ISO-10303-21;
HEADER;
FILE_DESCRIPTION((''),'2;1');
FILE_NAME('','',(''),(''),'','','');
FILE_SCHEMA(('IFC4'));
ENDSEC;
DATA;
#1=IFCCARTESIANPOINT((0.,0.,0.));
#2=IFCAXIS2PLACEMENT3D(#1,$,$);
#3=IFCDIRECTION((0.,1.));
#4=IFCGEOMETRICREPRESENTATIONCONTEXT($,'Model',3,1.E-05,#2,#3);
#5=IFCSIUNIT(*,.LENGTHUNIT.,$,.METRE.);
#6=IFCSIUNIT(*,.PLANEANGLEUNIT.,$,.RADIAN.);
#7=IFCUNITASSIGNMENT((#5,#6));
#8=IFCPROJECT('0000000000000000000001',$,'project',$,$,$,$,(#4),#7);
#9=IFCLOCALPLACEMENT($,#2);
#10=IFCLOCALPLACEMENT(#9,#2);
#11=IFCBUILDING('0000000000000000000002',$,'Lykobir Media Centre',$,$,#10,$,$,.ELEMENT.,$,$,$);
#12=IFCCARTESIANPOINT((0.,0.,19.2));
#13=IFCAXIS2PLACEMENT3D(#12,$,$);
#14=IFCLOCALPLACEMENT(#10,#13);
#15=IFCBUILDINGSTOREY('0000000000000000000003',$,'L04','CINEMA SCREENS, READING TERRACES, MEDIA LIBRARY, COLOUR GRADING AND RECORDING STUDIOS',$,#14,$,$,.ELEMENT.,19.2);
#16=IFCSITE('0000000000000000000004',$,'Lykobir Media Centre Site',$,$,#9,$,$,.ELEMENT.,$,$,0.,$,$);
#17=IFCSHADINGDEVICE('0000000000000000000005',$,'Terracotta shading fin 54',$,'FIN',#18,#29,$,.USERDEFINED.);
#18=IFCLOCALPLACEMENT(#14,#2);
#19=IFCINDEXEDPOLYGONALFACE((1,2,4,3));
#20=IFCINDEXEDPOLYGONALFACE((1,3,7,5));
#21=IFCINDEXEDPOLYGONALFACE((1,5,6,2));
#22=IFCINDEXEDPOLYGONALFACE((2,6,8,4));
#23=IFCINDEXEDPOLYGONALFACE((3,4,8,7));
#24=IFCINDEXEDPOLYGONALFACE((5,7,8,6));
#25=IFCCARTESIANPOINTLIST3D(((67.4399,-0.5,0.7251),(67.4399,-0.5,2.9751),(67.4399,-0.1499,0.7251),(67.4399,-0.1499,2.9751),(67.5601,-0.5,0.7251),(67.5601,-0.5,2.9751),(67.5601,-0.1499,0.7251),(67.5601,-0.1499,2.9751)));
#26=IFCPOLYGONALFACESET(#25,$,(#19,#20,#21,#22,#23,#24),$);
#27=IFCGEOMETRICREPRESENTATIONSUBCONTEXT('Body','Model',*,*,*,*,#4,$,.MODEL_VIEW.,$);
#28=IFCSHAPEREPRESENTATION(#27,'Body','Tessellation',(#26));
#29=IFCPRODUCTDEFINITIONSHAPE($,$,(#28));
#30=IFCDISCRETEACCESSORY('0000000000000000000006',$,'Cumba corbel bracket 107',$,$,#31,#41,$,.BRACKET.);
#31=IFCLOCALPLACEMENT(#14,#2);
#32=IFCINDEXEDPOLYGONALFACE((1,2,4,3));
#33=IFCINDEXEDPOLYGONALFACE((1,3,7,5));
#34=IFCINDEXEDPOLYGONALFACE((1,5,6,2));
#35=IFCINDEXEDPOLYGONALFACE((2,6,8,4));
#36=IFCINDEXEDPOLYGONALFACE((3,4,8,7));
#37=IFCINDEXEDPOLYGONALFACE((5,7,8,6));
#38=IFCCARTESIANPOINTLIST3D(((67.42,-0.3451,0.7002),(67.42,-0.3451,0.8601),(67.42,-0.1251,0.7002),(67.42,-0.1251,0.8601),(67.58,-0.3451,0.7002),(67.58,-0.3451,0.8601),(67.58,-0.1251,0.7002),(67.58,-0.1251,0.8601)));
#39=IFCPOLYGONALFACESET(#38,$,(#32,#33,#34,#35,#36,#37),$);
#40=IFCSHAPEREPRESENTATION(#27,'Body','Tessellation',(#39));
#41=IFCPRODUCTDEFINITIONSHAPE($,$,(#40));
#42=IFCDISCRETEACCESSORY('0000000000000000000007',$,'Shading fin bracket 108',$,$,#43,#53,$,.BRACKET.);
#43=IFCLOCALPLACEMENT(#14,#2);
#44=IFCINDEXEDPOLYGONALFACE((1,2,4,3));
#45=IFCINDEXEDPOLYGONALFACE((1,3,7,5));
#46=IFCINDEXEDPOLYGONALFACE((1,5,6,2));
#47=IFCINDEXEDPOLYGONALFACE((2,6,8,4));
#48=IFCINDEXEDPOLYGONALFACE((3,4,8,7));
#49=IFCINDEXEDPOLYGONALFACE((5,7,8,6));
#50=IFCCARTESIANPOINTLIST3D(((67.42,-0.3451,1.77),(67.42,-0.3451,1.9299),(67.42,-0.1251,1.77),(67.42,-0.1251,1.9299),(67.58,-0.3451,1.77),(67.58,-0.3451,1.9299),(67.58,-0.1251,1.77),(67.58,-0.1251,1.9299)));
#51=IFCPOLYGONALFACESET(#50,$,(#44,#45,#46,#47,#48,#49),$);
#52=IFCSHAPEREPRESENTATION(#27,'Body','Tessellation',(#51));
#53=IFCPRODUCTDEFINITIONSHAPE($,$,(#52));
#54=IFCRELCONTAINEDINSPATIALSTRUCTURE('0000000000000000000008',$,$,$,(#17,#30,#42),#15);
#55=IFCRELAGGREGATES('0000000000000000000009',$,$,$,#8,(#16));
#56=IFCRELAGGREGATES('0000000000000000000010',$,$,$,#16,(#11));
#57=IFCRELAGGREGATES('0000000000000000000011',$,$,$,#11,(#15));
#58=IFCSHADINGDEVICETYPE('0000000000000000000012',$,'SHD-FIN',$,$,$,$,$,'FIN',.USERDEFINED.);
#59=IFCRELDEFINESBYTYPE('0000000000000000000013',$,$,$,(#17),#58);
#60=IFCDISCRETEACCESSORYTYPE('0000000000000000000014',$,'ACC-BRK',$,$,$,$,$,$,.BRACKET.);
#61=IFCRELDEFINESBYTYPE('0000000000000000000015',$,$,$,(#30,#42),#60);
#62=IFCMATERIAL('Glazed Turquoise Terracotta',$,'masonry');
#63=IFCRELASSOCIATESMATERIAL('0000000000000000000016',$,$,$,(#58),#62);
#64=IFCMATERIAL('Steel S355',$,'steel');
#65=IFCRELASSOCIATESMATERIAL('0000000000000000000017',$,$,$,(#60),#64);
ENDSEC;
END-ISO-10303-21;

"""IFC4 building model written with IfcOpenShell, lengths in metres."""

from ifc_helpers import new_model, si_unit, direction, frame, origin, origin_2d, place, context, subcontext, project, spatial, rectangle, extrude, material, type_object, element, save


model = new_model("IFC4")

# Units and contexts
model_context = context("Model", 3, precision=1e-05, world=origin(), true_north=direction((0.0, 1.0)))
body_context = subcontext(model_context, "Body", "Model", "MODEL_VIEW")
ifc_project = project(units=[si_unit("LENGTHUNIT", "METRE"), si_unit("PLANEANGLEUNIT", "RADIAN")], contexts=[model_context])

# Site, building, storey
site_placement = place(None, origin())
site = spatial("IfcSite", under=ifc_project, at=site_placement, Name="Lykobir Media Centre Site", CompositionType="ELEMENT", RefElevation=0.0)
building_placement = place(site_placement, origin())
building = spatial("IfcBuilding", under=site, at=building_placement, Name="Lykobir Media Centre", CompositionType="ELEMENT")
storey_placement = place(building_placement, frame((0.0, 0.0, 19.2)))
storey = spatial("IfcBuildingStorey", under=building, at=storey_placement, Name="L04", Description="CINEMA SCREENS, READING TERRACES, MEDIA LIBRARY, COLOUR GRADING AND RECORDING STUDIOS", CompositionType="ELEMENT", Elevation=19.2)

# Shared definitions
ifc_material_1 = material(Name="Steel S355", Category="steel")

# Shared definitions
ifc_material_2 = material(Name="Glazed Turquoise Terracotta", Category="masonry")

# Shading device
shading_device_type = type_object("IfcShadingDeviceType", Name="SHD-FIN", ElementType="FIN", PredefinedType="USERDEFINED", material=ifc_material_2)
shading_device_placement = place(storey_placement, frame((67.5, -0.325, 0.7251), z_axis=(0.0, 0.0, 1.0), x_axis=(1.0, 0.0, 0.0)))
element("IfcShadingDevice", 1, at=shading_device_placement, inside=storey, type_object=shading_device_type, Name="Terracotta shading fin 54", ObjectType="FIN", PredefinedType="USERDEFINED", context=body_context, shape_type="SweptSolid", body=[
    extrude(rectangle(XDim=0.1201, YDim=0.3501, at=origin_2d()), origin(), (0.0, 0.0, 1.0), 2.25),
])

# Discrete accessories
discrete_accessory_type = type_object("IfcDiscreteAccessoryType", Name="ACC-BRK", PredefinedType="BRACKET", material=ifc_material_1)
for number, where, z_axis, x_axis, name in (
    (2, (67.5, -0.2351, 0.7002), (0.0, 0.0, 1.0), (1.0, 0.0, 0.0), "Cumba corbel bracket 107"),
    (3, (67.5, -0.2351, 1.77), (0.0, 0.0, 1.0), (1.0, 0.0, 0.0), "Shading fin bracket 108"),
):
    element("IfcDiscreteAccessory", number, at=place(storey_placement, frame(where, z_axis=z_axis, x_axis=x_axis)), inside=storey, type_object=discrete_accessory_type, Name=name, PredefinedType="BRACKET", context=body_context, shape_type="SweptSolid", body=[
        extrude(rectangle(XDim=0.1599, YDim=0.22, at=origin_2d()), origin(), (0.0, 0.0, 1.0), 0.1599),
    ])

save(model, "model.ifc")
